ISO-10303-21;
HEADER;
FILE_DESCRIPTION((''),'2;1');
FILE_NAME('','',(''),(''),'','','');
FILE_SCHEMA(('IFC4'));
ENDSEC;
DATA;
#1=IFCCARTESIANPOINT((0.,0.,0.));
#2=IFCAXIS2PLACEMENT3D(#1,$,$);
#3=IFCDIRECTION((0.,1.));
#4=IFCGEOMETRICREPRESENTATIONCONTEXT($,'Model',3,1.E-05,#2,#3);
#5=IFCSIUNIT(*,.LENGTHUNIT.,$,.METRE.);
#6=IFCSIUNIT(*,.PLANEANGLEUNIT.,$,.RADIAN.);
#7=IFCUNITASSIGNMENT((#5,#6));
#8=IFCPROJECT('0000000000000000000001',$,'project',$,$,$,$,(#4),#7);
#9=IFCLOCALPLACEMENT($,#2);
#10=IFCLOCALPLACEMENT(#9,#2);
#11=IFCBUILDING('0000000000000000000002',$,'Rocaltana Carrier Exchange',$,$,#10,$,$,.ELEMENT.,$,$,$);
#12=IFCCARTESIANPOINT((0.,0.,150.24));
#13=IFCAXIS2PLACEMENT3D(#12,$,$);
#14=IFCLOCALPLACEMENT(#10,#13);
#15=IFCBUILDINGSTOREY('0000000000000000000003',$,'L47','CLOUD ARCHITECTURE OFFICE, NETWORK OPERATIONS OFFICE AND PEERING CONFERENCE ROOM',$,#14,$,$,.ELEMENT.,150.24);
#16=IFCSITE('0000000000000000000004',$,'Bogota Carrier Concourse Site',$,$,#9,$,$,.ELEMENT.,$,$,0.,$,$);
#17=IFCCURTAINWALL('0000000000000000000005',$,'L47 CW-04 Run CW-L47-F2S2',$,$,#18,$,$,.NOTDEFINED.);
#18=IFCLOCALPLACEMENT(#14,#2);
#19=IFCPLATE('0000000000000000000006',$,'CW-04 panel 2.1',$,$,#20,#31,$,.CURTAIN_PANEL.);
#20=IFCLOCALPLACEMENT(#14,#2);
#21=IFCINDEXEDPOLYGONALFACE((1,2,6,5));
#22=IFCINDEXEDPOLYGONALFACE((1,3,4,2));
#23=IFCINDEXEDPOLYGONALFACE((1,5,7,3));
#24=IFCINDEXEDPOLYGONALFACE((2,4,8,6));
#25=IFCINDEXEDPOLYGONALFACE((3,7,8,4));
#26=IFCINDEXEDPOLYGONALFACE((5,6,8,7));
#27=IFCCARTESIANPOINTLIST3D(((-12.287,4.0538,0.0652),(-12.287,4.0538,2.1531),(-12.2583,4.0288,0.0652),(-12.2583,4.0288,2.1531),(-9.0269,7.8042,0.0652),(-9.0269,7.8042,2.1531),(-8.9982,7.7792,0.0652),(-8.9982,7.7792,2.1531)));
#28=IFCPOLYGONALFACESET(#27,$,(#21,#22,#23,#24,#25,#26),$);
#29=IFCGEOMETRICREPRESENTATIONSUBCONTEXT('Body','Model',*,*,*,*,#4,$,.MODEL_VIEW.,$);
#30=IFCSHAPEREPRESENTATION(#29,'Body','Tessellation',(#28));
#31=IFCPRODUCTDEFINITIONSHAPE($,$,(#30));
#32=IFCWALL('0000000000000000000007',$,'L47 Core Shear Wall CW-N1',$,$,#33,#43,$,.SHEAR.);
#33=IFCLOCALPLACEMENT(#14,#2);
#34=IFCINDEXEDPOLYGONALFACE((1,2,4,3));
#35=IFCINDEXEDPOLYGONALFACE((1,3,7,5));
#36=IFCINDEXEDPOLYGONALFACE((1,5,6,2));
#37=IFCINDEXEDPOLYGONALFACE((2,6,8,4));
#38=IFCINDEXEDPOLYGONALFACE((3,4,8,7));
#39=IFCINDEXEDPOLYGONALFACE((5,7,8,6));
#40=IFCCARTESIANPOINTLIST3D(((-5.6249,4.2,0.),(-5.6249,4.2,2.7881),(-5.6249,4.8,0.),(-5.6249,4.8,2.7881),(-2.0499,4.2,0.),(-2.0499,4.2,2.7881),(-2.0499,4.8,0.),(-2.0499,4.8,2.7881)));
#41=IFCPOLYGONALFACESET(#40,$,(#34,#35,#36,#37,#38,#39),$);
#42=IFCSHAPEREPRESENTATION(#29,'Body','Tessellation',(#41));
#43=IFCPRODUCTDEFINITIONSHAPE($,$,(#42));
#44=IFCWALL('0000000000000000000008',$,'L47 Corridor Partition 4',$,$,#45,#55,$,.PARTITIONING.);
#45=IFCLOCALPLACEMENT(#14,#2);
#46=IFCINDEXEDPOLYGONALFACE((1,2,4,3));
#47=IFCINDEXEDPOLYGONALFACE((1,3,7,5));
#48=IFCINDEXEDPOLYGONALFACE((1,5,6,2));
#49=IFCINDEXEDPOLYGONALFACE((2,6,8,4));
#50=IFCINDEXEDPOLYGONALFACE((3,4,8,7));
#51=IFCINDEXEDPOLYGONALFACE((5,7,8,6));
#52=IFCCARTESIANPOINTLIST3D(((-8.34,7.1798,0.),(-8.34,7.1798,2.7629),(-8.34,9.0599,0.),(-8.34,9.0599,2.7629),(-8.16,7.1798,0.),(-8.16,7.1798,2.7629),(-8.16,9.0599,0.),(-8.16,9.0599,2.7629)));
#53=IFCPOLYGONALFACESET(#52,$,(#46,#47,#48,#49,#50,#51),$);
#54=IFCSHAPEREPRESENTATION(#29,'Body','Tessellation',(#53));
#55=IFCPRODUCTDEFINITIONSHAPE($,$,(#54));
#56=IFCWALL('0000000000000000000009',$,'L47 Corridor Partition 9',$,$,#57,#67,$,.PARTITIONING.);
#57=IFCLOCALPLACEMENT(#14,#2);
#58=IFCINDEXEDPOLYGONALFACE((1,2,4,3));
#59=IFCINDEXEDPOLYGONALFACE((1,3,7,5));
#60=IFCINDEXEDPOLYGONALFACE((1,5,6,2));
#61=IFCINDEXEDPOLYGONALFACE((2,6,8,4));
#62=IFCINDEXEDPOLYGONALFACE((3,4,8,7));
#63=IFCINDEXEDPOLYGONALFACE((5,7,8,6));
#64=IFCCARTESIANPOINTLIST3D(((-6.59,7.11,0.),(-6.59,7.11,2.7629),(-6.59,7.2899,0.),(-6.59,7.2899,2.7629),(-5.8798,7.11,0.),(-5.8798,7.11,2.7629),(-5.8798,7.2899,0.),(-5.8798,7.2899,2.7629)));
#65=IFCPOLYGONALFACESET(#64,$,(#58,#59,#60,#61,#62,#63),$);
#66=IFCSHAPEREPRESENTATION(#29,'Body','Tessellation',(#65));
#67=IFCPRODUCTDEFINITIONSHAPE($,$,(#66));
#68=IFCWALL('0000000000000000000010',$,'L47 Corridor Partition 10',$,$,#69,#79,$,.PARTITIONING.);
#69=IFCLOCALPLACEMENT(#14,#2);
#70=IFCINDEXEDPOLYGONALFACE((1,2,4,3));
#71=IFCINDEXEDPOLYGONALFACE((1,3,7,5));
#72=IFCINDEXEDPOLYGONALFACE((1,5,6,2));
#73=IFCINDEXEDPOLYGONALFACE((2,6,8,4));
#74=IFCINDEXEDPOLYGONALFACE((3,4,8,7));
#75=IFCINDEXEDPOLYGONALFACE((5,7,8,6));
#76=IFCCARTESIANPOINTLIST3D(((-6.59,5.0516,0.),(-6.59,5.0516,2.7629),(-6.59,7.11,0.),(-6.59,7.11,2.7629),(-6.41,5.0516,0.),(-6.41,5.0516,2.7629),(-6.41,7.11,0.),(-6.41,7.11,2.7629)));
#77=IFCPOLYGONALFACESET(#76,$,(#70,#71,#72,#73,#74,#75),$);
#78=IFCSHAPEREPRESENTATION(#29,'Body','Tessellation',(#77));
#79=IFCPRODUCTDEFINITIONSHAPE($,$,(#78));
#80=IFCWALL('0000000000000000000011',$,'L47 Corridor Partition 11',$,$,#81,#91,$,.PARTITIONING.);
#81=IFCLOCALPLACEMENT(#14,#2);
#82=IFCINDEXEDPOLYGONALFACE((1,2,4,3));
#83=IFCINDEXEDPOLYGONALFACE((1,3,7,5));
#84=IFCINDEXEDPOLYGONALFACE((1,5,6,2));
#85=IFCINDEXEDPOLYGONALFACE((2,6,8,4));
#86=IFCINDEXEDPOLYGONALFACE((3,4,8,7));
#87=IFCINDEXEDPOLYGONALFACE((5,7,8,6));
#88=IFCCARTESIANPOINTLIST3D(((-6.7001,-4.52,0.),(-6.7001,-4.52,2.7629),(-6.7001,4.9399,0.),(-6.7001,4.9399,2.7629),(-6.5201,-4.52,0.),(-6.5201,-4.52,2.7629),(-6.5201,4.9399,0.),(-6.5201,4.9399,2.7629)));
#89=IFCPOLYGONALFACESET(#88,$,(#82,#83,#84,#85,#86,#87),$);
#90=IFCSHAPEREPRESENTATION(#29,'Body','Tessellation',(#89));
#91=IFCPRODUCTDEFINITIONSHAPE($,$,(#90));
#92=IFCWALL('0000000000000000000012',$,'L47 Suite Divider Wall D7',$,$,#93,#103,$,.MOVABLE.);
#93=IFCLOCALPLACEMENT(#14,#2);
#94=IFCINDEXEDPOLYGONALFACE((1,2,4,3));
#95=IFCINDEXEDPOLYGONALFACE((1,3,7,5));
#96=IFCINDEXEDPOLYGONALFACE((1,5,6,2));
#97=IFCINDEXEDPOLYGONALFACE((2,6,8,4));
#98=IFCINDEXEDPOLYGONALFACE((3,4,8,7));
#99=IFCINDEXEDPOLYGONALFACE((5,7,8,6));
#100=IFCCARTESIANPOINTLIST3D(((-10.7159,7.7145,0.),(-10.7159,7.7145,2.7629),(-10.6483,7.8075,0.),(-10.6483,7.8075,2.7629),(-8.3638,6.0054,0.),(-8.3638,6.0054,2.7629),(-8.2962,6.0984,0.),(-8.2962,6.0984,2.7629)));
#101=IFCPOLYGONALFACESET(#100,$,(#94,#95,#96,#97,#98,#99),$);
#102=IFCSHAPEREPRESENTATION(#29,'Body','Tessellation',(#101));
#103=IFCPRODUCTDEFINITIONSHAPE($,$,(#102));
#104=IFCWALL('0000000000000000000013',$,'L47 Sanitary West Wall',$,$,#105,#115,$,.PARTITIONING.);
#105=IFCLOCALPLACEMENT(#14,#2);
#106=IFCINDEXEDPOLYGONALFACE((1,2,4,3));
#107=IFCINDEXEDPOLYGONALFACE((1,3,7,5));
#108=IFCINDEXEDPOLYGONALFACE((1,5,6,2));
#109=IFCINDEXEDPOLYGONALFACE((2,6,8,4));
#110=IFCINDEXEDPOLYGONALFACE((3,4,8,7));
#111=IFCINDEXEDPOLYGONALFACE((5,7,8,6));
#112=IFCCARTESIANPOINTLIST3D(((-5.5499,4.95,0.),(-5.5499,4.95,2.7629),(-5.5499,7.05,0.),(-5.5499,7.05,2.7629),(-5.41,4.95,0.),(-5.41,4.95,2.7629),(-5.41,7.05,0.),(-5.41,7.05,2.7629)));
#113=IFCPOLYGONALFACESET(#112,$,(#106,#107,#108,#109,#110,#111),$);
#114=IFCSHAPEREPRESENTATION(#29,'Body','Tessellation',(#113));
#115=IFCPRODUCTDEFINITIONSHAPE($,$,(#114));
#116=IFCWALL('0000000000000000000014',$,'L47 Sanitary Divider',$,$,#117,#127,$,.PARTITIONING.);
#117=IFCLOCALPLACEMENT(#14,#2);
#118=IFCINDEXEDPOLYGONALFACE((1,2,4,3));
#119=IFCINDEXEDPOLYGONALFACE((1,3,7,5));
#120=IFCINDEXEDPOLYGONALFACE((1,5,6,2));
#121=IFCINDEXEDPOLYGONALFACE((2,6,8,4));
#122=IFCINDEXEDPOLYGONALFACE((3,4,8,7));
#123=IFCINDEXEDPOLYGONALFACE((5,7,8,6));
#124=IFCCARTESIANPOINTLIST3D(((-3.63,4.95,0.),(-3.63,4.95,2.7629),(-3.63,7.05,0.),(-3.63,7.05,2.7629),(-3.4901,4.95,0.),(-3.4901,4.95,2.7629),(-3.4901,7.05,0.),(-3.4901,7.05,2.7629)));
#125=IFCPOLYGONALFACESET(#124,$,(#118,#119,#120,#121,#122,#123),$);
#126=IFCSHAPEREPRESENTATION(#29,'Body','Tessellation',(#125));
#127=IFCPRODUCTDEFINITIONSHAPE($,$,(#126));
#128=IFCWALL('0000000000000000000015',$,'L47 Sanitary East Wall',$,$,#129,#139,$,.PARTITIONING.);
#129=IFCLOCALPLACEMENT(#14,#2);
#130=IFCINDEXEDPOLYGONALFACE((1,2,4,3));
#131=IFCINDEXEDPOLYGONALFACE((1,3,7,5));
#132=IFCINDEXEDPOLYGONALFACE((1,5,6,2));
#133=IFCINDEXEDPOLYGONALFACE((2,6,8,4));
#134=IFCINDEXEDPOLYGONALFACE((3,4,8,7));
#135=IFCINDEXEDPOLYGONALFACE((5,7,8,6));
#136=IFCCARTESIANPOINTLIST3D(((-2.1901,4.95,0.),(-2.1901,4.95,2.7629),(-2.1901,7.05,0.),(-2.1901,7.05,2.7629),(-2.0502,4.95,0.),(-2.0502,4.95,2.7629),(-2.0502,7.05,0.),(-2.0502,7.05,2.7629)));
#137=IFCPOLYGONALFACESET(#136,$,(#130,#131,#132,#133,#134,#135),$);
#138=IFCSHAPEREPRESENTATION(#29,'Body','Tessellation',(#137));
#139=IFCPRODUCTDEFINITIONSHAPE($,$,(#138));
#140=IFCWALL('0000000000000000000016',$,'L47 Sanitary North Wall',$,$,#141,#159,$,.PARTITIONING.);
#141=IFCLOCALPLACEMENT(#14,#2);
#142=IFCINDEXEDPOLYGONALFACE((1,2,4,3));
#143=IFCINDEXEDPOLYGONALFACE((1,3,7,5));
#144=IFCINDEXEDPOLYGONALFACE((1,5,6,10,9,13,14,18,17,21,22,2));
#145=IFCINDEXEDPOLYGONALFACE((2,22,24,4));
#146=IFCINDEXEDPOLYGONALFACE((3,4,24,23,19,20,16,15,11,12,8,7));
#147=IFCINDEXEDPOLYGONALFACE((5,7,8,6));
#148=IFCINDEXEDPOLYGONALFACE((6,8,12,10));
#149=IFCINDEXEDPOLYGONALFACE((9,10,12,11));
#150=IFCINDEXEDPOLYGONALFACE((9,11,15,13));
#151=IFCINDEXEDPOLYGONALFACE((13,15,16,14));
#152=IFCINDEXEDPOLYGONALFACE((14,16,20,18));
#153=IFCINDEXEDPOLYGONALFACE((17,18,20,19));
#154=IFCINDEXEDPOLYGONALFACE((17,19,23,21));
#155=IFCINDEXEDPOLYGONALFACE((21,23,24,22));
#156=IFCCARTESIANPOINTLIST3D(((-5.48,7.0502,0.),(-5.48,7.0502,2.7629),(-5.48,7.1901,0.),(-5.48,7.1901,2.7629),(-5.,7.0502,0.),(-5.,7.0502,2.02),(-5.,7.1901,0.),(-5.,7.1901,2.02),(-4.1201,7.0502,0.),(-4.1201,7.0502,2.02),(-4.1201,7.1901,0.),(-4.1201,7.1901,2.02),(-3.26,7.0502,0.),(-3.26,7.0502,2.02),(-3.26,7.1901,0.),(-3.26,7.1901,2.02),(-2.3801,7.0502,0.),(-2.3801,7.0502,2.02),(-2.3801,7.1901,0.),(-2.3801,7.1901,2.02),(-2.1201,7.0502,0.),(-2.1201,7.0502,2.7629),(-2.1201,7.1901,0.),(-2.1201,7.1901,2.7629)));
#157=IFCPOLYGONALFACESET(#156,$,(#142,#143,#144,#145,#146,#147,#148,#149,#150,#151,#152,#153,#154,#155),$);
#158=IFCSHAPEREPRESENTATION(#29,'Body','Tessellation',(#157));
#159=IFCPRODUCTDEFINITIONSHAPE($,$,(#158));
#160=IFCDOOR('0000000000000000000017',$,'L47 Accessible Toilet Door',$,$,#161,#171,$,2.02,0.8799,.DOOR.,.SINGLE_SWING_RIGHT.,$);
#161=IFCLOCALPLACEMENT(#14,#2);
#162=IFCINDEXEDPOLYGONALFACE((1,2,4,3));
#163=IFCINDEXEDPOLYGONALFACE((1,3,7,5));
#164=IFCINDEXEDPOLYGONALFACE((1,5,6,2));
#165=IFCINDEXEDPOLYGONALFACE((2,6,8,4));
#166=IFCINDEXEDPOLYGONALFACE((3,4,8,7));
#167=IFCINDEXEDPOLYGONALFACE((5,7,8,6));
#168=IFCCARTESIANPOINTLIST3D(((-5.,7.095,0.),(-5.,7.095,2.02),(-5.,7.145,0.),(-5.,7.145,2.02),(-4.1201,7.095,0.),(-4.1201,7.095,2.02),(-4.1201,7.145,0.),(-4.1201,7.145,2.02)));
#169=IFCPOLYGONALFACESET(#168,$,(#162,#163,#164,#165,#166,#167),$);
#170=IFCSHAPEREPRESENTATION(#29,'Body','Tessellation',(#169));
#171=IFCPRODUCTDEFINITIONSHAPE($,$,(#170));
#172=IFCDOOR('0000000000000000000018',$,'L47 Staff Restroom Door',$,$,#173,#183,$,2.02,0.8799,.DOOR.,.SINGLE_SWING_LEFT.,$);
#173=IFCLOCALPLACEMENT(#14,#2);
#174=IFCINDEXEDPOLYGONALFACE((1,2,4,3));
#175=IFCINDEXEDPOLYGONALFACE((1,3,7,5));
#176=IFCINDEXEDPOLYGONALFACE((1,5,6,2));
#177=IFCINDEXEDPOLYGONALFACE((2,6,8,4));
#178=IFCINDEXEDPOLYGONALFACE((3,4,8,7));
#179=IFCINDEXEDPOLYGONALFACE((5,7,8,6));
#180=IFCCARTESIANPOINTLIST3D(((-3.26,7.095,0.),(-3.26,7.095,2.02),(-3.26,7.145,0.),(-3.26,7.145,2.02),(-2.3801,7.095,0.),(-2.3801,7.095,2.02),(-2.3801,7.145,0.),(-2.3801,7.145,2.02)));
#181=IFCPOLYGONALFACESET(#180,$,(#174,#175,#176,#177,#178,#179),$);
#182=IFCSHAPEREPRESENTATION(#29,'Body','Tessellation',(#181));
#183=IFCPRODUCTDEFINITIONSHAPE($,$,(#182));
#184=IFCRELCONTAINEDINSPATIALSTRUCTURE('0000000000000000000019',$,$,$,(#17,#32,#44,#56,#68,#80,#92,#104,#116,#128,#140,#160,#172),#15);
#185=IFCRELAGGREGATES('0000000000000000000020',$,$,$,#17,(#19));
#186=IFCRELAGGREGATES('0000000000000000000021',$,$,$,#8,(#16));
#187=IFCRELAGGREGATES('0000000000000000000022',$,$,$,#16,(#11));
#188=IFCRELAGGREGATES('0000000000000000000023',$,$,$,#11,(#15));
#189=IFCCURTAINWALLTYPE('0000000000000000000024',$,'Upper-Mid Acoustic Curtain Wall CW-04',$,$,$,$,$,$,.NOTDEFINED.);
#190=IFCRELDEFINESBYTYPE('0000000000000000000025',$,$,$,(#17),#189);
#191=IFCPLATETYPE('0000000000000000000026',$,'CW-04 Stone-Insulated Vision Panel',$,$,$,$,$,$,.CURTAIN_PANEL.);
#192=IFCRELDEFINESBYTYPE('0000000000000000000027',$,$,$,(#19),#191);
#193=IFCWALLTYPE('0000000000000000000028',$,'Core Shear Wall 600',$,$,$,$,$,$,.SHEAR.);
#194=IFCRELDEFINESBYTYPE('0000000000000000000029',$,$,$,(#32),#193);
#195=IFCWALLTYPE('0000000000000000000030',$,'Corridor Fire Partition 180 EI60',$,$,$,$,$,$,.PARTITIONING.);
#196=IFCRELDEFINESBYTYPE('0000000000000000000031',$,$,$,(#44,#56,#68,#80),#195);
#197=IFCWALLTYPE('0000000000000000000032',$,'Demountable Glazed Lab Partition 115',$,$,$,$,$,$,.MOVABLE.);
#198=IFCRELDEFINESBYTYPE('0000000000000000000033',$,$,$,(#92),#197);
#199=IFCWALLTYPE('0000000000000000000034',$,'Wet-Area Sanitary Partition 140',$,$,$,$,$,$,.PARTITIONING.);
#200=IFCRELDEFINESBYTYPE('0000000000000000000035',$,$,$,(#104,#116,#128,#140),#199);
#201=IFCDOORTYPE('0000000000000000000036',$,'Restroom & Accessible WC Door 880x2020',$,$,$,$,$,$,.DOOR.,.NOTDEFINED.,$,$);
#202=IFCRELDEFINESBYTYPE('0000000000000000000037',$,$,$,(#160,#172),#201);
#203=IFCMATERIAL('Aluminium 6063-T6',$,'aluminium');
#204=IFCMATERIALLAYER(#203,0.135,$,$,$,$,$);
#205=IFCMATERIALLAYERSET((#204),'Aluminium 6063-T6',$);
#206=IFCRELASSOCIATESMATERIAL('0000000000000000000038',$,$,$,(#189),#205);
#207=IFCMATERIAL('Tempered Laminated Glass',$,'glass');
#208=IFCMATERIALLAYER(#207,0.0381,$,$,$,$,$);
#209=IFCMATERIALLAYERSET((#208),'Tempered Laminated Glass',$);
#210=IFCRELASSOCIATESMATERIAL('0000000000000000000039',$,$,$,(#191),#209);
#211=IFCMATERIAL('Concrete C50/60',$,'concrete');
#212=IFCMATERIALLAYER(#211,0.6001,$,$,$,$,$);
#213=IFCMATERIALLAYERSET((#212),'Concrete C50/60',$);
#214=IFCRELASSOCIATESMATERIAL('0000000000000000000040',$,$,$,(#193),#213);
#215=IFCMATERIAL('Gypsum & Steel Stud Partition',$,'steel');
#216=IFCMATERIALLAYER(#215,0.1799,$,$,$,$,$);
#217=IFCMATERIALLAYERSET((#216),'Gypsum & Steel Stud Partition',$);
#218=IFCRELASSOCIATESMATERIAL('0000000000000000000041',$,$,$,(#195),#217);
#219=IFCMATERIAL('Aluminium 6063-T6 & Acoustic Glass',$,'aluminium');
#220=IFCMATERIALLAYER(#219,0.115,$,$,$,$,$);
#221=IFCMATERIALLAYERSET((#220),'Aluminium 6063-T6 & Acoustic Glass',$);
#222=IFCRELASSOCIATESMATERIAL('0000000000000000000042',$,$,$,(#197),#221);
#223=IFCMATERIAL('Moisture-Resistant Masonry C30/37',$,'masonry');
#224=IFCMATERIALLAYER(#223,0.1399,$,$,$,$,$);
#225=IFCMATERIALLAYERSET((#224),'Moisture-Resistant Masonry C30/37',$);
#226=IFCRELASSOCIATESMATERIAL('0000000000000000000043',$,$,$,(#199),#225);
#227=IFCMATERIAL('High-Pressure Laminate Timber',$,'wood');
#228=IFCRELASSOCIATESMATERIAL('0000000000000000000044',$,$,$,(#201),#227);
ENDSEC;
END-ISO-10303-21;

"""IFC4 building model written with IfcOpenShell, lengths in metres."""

from ifc_helpers import new_model, si_unit, direction, frame, frame_2d, origin, origin_2d, place, context, subcontext, project, spatial, rectangle, extrude, material, layer, layer_set, type_object, element, fill, aggregate, save


model = new_model("IFC4")

# Units and contexts
model_context = context("Model", 3, precision=1e-05, world=origin(), true_north=direction((0.0, 1.0)))
body_context = subcontext(model_context, "Body", "Model", "MODEL_VIEW")
ifc_project = project(units=[si_unit("LENGTHUNIT", "METRE"), si_unit("PLANEANGLEUNIT", "RADIAN")], contexts=[model_context])

# Site, building, storey
site_placement = place(None, origin())
site = spatial("IfcSite", under=ifc_project, at=site_placement, Name="Bogota Carrier Concourse Site", CompositionType="ELEMENT", RefElevation=0.0)
building_placement = place(site_placement, origin())
building = spatial("IfcBuilding", under=site, at=building_placement, Name="Rocaltana Carrier Exchange", CompositionType="ELEMENT")
storey_placement = place(building_placement, frame((0.0, 0.0, 150.24)))
storey = spatial("IfcBuildingStorey", under=building, at=storey_placement, Name="L47", Description="CLOUD ARCHITECTURE OFFICE, NETWORK OPERATIONS OFFICE AND PEERING CONFERENCE ROOM", CompositionType="ELEMENT", Elevation=150.24)

# Curtain wall
ifc_material_1 = material(Name="Aluminium 6063-T6", Category="aluminium")
ifc_layer_1 = layer(ifc_material_1, 0.135)
ifc_layer_set_1 = layer_set([ifc_layer_1], Name="Aluminium 6063-T6")
curtain_wall_type = type_object("IfcCurtainWallType", Name="Upper-Mid Acoustic Curtain Wall CW-04", PredefinedType="NOTDEFINED", material=ifc_layer_set_1)
curtain_wall_placement = place(storey_placement, origin())
curtain_wall = element("IfcCurtainWall", 1, at=curtain_wall_placement, inside=storey, type_object=curtain_wall_type, Name="L47 CW-04 Run CW-L47-F2S2", PredefinedType="NOTDEFINED")

# Plate
ifc_material_2 = material(Name="Tempered Laminated Glass", Category="glass")
ifc_layer_2 = layer(ifc_material_2, 0.0381)
ifc_layer_set_2 = layer_set([ifc_layer_2], Name="Tempered Laminated Glass")
plate_type = type_object("IfcPlateType", Name="CW-04 Stone-Insulated Vision Panel", PredefinedType="CURTAIN_PANEL", material=ifc_layer_set_2)
plate_placement = place(storey_placement, frame((-10.6426, 5.9165, 0.0652), z_axis=(0.0, 0.0, 1.0), x_axis=(-0.656057, -0.754712, 0.0)))
plate = element("IfcPlate", 2, at=plate_placement, type_object=plate_type, Name="CW-04 panel 2.1", PredefinedType="CURTAIN_PANEL", context=body_context, shape_type="SweptSolid", body=[
    extrude(rectangle(XDim=4.9692, YDim=0.0381, at=origin_2d()), origin(), (0.0, 0.0, 1.0), 2.0879),
])
aggregate(curtain_wall, [plate])

# Walls
ifc_material_3 = material(Name="Concrete C50/60", Category="concrete")
ifc_layer_3 = layer(ifc_material_3, 0.6001)
ifc_layer_set_3 = layer_set([ifc_layer_3], Name="Concrete C50/60")
wall_type_1 = type_object("IfcWallType", Name="Core Shear Wall 600", PredefinedType="SHEAR", material=ifc_layer_set_3)
wall_1_placement = place(storey_placement, frame((-5.625, 4.5, 0.0), z_axis=(0.0, 0.0, 1.0), x_axis=(1.0, 0.0, 0.0)))
element("IfcWall", 3, at=wall_1_placement, inside=storey, type_object=wall_type_1, Name="L47 Core Shear Wall CW-N1", PredefinedType="SHEAR", context=body_context, shape_type="SweptSolid", body=[
    extrude(rectangle(XDim=3.575, YDim=0.6001, at=frame_2d((1.7876, 0.0))), origin(), (0.0, 0.0, 1.0), 2.7881),
])
ifc_material_4 = material(Name="Gypsum & Steel Stud Partition", Category="steel")
ifc_layer_4 = layer(ifc_material_4, 0.1799)
ifc_layer_set_4 = layer_set([ifc_layer_4], Name="Gypsum & Steel Stud Partition")
wall_type_2 = type_object("IfcWallType", Name="Corridor Fire Partition 180 EI60", PredefinedType="PARTITIONING", material=ifc_layer_set_4)
wall_2_placement = place(storey_placement, frame((-8.25, 7.1799, 0.0), z_axis=(0.0, 0.0, 1.0), x_axis=(0.0, 1.0, 0.0)))
element("IfcWall", 4, at=wall_2_placement, inside=storey, type_object=wall_type_2, Name="L47 Corridor Partition 4", PredefinedType="PARTITIONING", context=body_context, shape_type="SweptSolid", body=[
    extrude(rectangle(XDim=1.8801, YDim=0.1799, at=frame_2d((0.9399, 0.0))), origin(), (0.0, 0.0, 1.0), 2.7629),
])
wall_3_placement = place(storey_placement, frame((-5.8799, 7.2, 0.0), z_axis=(0.0, 0.0, 1.0), x_axis=(-1.0, 0.0, 0.0)))
element("IfcWall", 5, at=wall_3_placement, inside=storey, type_object=wall_type_2, Name="L47 Corridor Partition 9", PredefinedType="PARTITIONING", context=body_context, shape_type="SweptSolid", body=[
    extrude(rectangle(XDim=0.7102, YDim=0.1799, at=frame_2d((0.355, 0.0))), origin(), (0.0, 0.0, 1.0), 2.7629),
])
wall_4_placement = place(storey_placement, frame((-6.5, 7.1101, 0.0), z_axis=(0.0, 0.0, 1.0), x_axis=(0.0, -1.0, 0.0)))
element("IfcWall", 6, at=wall_4_placement, inside=storey, type_object=wall_type_2, Name="L47 Corridor Partition 10", PredefinedType="PARTITIONING", context=body_context, shape_type="SweptSolid", body=[
    extrude(rectangle(XDim=2.0583, YDim=0.1799, at=frame_2d((1.0293, 0.0))), origin(), (0.0, 0.0, 1.0), 2.7629),
])
wall_5_placement = place(storey_placement, frame((-6.6101, 4.9399, 0.0), z_axis=(0.0, 0.0, 1.0), x_axis=(0.0, -1.0, 0.0)))
element("IfcWall", 7, at=wall_5_placement, inside=storey, type_object=wall_type_2, Name="L47 Corridor Partition 11", PredefinedType="PARTITIONING", context=body_context, shape_type="SweptSolid", body=[
    extrude(rectangle(XDim=9.46, YDim=0.1799, at=frame_2d((4.73, 0.0))), origin(), (0.0, 0.0, 1.0), 2.7629),
])
ifc_material_5 = material(Name="Aluminium 6063-T6 & Acoustic Glass", Category="aluminium")
ifc_layer_5 = layer(ifc_material_5, 0.115)
ifc_layer_set_5 = layer_set([ifc_layer_5], Name="Aluminium 6063-T6 & Acoustic Glass")
wall_type_3 = type_object("IfcWallType", Name="Demountable Glazed Lab Partition 115", PredefinedType="MOVABLE", material=ifc_layer_set_5)
wall_6_placement = place(storey_placement, frame((-8.3301, 6.052, 0.0), z_axis=(0.0, 0.0, 1.0), x_axis=(-0.808997, 0.587812, 0.0)))
element("IfcWall", 8, at=wall_6_placement, inside=storey, type_object=wall_type_3, Name="L47 Suite Divider Wall D7", PredefinedType="MOVABLE", context=body_context, shape_type="SweptSolid", body=[
    extrude(rectangle(XDim=2.9075, YDim=0.115, at=frame_2d((1.4536, 0.0))), origin(), (0.0, 0.0, 1.0), 2.7629),
])
ifc_material_6 = material(Name="Moisture-Resistant Masonry C30/37", Category="masonry")
ifc_layer_6 = layer(ifc_material_6, 0.1399)
ifc_layer_set_6 = layer_set([ifc_layer_6], Name="Moisture-Resistant Masonry C30/37")
wall_type_4 = type_object("IfcWallType", Name="Wet-Area Sanitary Partition 140", PredefinedType="PARTITIONING", material=ifc_layer_set_6)
for number, where, z_axis, x_axis, name in (
    (9, (-5.48, 4.95, 0.0), (0.0, 0.0, 1.0), (0.0, 1.0, 0.0), "L47 Sanitary West Wall"),
    (10, (-3.5601, 4.95, 0.0), (0.0, 0.0, 1.0), (0.0, 1.0, 0.0), "L47 Sanitary Divider"),
    (11, (-2.1201, 4.95, 0.0), (0.0, 0.0, 1.0), (0.0, 1.0, 0.0), "L47 Sanitary East Wall"),
):
    element("IfcWall", number, at=place(storey_placement, frame(where, z_axis=z_axis, x_axis=x_axis)), inside=storey, type_object=wall_type_4, Name=name, PredefinedType="PARTITIONING", context=body_context, shape_type="SweptSolid", body=[
        extrude(rectangle(XDim=2.1001, YDim=0.1399, at=frame_2d((1.05, 0.0))), origin(), (0.0, 0.0, 1.0), 2.7629),
    ])

# Wall, openings, doors
wall_7_placement = place(storey_placement, frame((-5.48, 7.1201, 0.0), z_axis=(0.0, 0.0, 1.0), x_axis=(1.0, 0.0, 0.0)))
wall_7 = element("IfcWall", 12, at=wall_7_placement, inside=storey, type_object=wall_type_4, Name="L47 Sanitary North Wall", PredefinedType="PARTITIONING", context=body_context, shape_type="SweptSolid", body=[
    extrude(rectangle(XDim=3.3599, YDim=0.1399, at=frame_2d((1.6799, 0.0))), origin(), (0.0, 0.0, 1.0), 2.7629),
])
opening_1_placement = place(wall_7_placement, frame((0.48, 0.0, 0.0)))
opening_1 = element("IfcOpeningElement", 13, at=opening_1_placement, cuts=wall_7, PredefinedType="OPENING", context=body_context, shape_type="SweptSolid", body=[
    extrude(rectangle(XDim=0.8799, YDim=2.02, at=frame_2d((0.4399, 1.01))), frame((0.0, 0.0798, 0.0), z_axis=(0.0, -1.0, 0.0), x_axis=(1.0, 0.0, 0.0)), (0.0, 0.0, 1.0), 0.1599),
])
opening_2_placement = place(wall_7_placement, frame((2.22, 0.0, 0.0)))
opening_2 = element("IfcOpeningElement", 14, at=opening_2_placement, cuts=wall_7, PredefinedType="OPENING", context=body_context, shape_type="SweptSolid", body=[
    extrude(rectangle(XDim=0.8799, YDim=2.02, at=frame_2d((0.4399, 1.01))), frame((0.0, 0.0798, 0.0), z_axis=(0.0, -1.0, 0.0), x_axis=(1.0, 0.0, 0.0)), (0.0, 0.0, 1.0), 0.1599),
])
ifc_material_7 = material(Name="High-Pressure Laminate Timber", Category="wood")
door_type = type_object("IfcDoorType", Name="Restroom & Accessible WC Door 880x2020", OperationType="NOTDEFINED", PredefinedType="DOOR", material=ifc_material_7)
door_1_placement = place(opening_1_placement, origin())
door_1 = element("IfcDoor", 15, at=door_1_placement, inside=storey, type_object=door_type, Name="L47 Accessible Toilet Door", OperationType="SINGLE_SWING_RIGHT", OverallHeight=2.02, OverallWidth=0.8799, PredefinedType="DOOR", context=body_context, shape_type="SweptSolid", body=[
    extrude(rectangle(XDim=0.8799, YDim=2.02, at=frame_2d((0.4399, 1.01))), frame((0.0, 0.0249, 0.0), z_axis=(0.0, -1.0, 0.0), x_axis=(1.0, 0.0, 0.0)), (0.0, 0.0, 1.0), 0.05),
])
fill(opening_1, door_1)
door_2_placement = place(opening_2_placement, origin())
door_2 = element("IfcDoor", 16, at=door_2_placement, inside=storey, type_object=door_type, Name="L47 Staff Restroom Door", OperationType="SINGLE_SWING_LEFT", OverallHeight=2.02, OverallWidth=0.8799, PredefinedType="DOOR", context=body_context, shape_type="SweptSolid", body=[
    extrude(rectangle(XDim=0.8799, YDim=2.02, at=frame_2d((0.4399, 1.01))), frame((0.0, 0.0249, 0.0), z_axis=(0.0, -1.0, 0.0), x_axis=(1.0, 0.0, 0.0)), (0.0, 0.0, 1.0), 0.05),
])
fill(opening_2, door_2)

save(model, "model.ifc")
